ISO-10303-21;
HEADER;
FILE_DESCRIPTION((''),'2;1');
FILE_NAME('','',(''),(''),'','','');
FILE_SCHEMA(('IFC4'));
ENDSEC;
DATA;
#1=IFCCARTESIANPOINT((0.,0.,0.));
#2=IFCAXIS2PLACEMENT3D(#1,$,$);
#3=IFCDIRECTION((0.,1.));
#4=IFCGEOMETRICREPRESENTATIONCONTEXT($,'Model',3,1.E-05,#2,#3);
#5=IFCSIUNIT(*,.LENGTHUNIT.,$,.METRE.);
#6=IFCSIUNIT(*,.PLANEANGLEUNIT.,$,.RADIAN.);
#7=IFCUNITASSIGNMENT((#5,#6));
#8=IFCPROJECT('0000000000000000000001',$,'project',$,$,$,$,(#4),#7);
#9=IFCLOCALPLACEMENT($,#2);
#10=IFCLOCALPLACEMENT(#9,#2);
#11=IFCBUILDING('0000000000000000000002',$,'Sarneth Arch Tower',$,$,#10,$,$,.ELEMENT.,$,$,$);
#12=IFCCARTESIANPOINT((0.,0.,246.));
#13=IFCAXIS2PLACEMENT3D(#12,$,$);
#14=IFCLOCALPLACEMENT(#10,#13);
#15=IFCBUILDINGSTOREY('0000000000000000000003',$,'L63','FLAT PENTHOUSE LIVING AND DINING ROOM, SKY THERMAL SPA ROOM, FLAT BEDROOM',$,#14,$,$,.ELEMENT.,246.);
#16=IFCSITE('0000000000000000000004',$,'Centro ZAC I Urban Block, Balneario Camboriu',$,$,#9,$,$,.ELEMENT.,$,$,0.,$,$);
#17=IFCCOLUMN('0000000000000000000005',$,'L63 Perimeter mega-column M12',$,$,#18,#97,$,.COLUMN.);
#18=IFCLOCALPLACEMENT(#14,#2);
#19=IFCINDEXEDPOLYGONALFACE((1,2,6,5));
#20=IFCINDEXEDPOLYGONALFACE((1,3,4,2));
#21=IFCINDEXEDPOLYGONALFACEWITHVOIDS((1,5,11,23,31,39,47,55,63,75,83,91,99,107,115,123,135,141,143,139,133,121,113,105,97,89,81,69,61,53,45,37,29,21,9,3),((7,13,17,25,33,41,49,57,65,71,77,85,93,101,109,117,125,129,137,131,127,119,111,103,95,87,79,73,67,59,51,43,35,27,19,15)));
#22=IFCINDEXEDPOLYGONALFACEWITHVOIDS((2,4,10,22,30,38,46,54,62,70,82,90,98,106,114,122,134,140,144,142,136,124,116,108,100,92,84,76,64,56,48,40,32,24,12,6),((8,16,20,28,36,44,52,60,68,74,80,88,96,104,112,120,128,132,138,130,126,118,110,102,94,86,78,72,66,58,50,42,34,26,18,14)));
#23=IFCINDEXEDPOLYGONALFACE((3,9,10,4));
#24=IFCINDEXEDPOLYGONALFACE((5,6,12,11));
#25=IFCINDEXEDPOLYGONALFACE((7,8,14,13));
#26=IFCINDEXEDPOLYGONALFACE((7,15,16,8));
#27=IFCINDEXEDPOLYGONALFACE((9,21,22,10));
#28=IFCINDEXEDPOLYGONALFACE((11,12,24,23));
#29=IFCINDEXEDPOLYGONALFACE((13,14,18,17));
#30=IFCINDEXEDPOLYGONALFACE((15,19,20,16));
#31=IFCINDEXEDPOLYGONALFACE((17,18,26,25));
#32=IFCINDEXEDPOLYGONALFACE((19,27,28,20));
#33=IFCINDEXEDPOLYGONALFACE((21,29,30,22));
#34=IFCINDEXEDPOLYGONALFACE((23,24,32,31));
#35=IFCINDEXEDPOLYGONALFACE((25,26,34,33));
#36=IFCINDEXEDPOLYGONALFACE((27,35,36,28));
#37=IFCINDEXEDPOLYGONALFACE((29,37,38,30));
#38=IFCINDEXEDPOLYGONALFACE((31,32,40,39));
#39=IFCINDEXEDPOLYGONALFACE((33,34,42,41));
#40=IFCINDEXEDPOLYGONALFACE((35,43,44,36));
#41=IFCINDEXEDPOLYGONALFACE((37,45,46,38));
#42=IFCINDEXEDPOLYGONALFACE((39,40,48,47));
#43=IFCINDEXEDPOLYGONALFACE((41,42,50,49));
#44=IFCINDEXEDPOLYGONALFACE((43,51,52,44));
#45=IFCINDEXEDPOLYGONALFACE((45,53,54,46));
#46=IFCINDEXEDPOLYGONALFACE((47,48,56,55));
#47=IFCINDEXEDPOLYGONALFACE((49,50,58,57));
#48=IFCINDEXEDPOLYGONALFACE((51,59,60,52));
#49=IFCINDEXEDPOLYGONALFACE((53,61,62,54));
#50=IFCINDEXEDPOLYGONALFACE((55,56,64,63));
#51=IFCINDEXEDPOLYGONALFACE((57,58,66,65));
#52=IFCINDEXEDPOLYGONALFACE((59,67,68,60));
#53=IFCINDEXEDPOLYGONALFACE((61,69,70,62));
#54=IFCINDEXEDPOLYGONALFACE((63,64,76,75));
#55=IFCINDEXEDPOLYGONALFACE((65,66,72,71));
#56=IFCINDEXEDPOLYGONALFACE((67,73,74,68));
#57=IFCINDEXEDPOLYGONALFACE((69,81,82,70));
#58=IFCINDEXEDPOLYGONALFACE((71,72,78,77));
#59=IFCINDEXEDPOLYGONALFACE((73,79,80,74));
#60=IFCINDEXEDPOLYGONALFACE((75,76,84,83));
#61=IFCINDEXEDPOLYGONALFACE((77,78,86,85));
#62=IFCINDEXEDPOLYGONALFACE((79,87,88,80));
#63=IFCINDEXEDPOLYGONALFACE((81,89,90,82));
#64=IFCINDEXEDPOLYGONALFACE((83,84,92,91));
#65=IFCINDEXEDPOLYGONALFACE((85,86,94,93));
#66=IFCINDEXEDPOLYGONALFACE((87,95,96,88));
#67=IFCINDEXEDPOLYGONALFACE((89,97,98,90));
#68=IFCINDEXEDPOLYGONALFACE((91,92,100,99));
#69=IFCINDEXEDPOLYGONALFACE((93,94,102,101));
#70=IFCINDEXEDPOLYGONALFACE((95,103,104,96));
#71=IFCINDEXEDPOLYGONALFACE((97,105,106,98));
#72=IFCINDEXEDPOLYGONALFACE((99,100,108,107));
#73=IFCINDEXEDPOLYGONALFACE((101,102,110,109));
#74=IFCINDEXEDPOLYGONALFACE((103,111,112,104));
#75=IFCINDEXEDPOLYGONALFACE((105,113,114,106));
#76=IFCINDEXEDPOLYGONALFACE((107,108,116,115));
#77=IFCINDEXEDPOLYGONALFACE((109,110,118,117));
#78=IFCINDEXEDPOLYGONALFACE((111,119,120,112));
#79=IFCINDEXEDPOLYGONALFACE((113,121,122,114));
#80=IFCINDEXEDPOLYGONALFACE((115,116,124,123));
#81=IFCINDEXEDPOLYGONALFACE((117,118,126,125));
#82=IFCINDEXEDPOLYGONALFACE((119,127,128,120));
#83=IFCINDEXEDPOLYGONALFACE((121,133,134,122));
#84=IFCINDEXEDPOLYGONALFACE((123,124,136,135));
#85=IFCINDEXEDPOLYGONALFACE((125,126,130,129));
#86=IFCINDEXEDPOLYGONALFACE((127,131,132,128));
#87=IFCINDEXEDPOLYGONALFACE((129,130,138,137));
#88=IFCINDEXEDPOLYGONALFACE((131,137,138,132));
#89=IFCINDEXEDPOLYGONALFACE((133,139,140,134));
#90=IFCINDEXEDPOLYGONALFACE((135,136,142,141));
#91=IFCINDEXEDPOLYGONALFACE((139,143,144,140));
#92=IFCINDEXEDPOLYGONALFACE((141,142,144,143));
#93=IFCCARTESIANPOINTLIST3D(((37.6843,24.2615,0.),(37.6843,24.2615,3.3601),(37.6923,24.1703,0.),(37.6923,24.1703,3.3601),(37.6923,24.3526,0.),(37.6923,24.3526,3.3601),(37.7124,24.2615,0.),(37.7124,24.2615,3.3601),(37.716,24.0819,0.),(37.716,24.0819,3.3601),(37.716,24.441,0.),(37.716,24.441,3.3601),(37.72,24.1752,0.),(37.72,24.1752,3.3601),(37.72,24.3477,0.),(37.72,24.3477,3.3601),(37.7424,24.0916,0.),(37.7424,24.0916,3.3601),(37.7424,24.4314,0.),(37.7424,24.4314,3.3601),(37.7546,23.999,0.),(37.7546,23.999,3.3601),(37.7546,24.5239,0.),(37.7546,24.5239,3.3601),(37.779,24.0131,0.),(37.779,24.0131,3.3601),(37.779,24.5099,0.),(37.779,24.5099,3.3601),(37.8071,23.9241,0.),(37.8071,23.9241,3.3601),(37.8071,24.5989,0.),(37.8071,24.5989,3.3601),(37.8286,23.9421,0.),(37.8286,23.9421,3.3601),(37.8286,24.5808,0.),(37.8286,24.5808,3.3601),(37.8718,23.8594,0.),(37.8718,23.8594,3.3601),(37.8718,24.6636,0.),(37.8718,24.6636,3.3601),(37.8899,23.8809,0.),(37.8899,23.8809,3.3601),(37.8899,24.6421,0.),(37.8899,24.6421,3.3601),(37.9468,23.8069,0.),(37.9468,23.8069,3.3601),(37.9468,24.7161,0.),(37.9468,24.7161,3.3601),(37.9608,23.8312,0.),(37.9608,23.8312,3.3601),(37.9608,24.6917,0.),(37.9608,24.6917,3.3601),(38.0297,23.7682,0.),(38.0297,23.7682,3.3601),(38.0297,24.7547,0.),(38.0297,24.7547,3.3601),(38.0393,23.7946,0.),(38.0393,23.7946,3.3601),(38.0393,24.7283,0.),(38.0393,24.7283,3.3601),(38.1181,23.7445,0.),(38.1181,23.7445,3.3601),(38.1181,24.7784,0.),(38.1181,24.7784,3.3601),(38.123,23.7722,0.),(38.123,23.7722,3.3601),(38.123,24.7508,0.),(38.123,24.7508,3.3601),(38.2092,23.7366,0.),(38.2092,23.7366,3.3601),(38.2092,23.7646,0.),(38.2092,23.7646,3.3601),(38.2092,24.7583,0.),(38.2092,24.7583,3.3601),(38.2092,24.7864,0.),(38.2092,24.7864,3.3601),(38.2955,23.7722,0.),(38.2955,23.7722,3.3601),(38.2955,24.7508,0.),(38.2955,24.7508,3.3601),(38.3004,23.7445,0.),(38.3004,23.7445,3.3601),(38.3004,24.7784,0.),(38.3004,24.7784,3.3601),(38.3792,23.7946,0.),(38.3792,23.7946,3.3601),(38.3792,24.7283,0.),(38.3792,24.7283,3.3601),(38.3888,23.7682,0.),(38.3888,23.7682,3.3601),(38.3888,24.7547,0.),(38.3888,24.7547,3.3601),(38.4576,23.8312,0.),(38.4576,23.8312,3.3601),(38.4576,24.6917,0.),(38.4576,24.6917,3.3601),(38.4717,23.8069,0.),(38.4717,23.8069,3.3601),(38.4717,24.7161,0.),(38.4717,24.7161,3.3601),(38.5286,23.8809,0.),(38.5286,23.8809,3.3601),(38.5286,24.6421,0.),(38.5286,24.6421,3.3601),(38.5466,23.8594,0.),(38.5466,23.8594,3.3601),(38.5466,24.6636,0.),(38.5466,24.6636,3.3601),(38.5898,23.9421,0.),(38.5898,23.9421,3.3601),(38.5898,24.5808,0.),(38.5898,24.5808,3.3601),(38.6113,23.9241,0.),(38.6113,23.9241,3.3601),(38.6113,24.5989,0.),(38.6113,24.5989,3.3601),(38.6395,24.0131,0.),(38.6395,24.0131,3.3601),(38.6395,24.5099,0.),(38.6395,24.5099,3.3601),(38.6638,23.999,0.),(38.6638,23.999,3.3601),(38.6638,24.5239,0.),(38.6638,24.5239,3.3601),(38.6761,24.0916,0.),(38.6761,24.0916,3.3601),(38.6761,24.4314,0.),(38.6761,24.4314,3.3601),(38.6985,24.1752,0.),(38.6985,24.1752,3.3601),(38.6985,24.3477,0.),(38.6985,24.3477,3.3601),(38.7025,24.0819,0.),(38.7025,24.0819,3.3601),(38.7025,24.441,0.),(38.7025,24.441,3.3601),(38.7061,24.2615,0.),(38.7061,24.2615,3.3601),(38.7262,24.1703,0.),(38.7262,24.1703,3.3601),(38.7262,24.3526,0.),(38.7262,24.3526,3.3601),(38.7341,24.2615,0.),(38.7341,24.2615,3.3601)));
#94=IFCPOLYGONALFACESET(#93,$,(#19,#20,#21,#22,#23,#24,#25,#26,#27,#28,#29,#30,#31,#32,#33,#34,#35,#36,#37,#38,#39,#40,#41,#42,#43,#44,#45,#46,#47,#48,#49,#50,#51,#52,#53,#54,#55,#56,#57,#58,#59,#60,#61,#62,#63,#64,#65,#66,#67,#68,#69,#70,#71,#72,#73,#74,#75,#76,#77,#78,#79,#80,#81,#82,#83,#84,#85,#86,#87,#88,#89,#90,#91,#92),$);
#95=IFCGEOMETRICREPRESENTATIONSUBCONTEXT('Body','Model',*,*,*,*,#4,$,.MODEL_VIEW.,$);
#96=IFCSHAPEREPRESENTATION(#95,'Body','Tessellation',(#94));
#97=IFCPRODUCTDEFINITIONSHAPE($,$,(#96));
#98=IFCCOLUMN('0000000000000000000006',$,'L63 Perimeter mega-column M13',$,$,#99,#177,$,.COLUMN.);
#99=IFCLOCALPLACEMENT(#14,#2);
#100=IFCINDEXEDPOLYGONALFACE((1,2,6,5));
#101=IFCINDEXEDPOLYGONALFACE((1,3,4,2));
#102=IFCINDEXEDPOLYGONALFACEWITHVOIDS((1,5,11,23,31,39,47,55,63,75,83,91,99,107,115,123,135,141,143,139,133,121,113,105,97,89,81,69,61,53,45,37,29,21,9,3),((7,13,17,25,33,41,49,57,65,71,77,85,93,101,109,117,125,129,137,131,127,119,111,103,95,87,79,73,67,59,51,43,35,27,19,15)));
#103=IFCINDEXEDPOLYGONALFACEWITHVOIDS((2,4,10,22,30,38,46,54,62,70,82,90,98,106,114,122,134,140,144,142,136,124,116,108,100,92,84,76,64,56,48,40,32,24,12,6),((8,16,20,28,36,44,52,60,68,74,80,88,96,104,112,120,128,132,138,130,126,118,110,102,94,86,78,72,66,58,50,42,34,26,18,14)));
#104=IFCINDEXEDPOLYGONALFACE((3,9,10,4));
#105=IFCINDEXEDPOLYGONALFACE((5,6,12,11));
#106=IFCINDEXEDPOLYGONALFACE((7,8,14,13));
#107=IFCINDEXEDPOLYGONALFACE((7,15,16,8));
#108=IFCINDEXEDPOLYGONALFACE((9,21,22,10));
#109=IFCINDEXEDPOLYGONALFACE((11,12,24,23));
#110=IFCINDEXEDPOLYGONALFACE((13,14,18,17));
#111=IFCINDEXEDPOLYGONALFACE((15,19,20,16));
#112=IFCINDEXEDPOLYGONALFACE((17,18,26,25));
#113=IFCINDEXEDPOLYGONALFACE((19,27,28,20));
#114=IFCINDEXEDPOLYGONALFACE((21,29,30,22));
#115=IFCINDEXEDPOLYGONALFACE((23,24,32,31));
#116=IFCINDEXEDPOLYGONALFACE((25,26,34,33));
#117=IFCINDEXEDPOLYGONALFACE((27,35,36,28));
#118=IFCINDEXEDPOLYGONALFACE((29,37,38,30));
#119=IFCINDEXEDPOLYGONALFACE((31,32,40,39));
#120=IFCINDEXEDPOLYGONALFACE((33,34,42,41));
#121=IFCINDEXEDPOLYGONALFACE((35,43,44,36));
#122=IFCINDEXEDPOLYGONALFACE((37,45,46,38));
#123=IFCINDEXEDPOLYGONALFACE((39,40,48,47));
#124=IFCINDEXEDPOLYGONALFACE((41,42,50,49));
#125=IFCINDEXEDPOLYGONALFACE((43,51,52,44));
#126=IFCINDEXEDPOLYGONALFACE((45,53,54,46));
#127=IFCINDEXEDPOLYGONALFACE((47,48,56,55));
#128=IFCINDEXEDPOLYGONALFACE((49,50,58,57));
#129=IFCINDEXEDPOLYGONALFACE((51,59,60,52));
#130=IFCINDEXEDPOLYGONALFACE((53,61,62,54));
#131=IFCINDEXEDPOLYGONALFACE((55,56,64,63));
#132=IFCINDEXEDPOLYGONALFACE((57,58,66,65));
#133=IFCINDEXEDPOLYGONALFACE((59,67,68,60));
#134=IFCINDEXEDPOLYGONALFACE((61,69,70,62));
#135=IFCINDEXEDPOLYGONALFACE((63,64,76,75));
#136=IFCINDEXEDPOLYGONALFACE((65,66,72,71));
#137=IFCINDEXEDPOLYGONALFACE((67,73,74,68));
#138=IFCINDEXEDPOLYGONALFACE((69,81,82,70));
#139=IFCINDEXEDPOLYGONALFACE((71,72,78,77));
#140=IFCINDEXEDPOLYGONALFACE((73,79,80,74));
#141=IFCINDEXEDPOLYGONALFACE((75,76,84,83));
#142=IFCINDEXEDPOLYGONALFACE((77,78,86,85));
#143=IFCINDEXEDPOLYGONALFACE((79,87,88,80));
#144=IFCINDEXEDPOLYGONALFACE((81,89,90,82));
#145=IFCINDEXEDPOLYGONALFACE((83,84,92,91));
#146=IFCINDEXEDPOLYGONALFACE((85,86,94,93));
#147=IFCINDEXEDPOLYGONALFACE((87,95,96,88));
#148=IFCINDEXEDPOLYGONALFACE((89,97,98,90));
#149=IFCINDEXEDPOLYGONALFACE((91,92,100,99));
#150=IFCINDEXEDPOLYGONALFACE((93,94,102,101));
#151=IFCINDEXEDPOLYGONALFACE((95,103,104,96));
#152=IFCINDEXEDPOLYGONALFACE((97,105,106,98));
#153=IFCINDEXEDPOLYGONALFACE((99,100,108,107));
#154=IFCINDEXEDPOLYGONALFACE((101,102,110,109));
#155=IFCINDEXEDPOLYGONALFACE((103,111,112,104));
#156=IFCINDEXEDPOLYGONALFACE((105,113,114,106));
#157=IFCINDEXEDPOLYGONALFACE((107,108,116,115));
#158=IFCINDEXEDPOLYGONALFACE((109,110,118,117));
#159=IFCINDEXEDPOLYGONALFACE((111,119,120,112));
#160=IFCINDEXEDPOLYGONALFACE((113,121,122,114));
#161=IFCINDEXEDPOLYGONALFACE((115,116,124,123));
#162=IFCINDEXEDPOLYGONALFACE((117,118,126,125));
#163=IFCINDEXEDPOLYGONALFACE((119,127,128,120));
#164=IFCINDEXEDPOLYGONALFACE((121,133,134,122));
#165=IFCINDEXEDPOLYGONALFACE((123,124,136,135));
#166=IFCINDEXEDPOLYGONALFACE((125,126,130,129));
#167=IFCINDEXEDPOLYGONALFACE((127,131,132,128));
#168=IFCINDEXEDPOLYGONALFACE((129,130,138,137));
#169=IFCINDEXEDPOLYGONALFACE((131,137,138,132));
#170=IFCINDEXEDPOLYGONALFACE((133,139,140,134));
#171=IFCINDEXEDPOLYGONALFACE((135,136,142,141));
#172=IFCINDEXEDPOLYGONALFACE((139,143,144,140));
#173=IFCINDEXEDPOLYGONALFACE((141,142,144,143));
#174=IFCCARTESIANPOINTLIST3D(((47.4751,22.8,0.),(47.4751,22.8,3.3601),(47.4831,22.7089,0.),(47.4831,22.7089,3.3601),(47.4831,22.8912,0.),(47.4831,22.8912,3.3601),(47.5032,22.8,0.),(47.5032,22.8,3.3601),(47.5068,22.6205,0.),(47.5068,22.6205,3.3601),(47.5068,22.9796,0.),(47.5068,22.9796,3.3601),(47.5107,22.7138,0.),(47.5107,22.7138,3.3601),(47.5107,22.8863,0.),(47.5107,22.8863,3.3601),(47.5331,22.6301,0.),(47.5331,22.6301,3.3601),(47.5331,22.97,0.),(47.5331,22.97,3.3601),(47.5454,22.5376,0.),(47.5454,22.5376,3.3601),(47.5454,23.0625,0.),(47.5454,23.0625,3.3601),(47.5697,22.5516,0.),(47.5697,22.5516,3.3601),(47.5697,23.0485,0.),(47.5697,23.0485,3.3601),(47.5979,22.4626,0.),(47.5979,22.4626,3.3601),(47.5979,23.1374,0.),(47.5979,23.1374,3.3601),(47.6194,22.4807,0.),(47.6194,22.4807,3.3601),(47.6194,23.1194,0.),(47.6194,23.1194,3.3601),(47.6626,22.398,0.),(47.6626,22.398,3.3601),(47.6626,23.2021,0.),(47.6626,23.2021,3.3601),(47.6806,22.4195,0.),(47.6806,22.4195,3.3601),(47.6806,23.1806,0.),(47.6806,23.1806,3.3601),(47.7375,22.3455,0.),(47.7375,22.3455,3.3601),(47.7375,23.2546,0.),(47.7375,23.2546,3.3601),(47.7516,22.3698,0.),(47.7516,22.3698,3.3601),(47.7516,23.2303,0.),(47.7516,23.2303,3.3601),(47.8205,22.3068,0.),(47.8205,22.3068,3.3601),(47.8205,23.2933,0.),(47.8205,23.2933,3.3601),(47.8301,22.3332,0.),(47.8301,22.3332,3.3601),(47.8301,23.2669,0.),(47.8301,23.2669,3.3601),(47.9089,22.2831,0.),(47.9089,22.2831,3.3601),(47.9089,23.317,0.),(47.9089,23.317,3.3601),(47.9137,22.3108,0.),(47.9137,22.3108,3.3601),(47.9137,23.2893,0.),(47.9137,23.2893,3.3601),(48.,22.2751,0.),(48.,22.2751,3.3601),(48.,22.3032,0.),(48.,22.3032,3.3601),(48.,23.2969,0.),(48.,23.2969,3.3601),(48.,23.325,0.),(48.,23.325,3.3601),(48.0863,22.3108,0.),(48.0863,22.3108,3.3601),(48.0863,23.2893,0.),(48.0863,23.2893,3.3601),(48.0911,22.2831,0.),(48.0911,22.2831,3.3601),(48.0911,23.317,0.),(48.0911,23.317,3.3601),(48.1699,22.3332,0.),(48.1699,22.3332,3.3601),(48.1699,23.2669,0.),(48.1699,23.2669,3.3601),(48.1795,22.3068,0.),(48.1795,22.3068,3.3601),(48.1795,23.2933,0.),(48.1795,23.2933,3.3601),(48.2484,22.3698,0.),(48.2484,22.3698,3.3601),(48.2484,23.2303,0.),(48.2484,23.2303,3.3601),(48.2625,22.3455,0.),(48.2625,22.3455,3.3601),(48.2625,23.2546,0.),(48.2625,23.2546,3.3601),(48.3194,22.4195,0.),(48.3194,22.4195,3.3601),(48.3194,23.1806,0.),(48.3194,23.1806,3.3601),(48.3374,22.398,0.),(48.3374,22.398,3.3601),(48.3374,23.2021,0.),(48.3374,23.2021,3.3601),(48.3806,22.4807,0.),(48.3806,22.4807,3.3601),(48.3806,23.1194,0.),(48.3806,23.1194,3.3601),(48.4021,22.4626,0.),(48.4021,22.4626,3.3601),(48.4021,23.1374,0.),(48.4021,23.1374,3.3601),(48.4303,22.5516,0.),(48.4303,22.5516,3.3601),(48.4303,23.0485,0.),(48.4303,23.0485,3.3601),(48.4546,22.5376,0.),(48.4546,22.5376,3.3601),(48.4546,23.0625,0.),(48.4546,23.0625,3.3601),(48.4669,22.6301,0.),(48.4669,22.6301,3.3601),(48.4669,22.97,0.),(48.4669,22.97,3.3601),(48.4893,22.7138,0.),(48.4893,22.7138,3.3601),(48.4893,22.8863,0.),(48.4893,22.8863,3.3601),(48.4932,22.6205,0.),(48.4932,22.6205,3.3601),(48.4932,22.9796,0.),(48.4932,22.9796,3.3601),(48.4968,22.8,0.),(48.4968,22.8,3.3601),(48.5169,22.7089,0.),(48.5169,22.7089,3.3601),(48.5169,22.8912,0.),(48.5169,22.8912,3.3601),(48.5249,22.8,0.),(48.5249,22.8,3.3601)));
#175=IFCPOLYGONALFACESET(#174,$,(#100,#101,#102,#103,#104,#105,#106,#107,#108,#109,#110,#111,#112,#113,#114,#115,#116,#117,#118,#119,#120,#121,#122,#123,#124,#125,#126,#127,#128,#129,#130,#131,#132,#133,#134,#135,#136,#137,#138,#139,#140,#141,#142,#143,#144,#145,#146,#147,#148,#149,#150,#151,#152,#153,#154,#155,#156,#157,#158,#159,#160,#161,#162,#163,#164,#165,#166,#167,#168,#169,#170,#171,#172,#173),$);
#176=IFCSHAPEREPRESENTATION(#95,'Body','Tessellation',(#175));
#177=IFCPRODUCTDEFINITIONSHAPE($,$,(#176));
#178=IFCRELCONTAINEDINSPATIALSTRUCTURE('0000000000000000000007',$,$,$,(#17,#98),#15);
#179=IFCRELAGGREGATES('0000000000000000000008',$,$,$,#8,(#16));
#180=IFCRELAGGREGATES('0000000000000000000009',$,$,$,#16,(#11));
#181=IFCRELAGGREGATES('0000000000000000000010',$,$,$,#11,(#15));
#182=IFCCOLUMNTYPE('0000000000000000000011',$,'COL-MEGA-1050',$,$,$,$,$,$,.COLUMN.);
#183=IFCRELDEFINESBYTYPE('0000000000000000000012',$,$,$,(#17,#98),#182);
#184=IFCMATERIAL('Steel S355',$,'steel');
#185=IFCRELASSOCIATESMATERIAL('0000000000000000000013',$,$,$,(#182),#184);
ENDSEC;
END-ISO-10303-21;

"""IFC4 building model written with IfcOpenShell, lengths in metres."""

from ifc_helpers import new_model, si_unit, direction, frame, origin, origin_2d, place, context, subcontext, project, spatial, hollow_circle, extrude, material, material_profile, profile_set, type_object, element, save


model = new_model("IFC4")

# Units and contexts
model_context = context("Model", 3, precision=1e-05, world=origin(), true_north=direction((0.0, 1.0)))
body_context = subcontext(model_context, "Body", "Model", "MODEL_VIEW")
ifc_project = project(units=[si_unit("LENGTHUNIT", "METRE"), si_unit("PLANEANGLEUNIT", "RADIAN")], contexts=[model_context])

# Site, building, storey
site_placement = place(None, origin())
site = spatial("IfcSite", under=ifc_project, at=site_placement, Name="Centro ZAC I Urban Block, Balneario Camboriu", CompositionType="ELEMENT", RefElevation=0.0)
building_placement = place(site_placement, origin())
building = spatial("IfcBuilding", under=site, at=building_placement, Name="Sarneth Arch Tower", CompositionType="ELEMENT")
storey_placement = place(building_placement, frame((0.0, 0.0, 246.0)))
storey = spatial("IfcBuildingStorey", under=building, at=storey_placement, Name="L63", Description="FLAT PENTHOUSE LIVING AND DINING ROOM, SKY THERMAL SPA ROOM, FLAT BEDROOM", CompositionType="ELEMENT", Elevation=246.0)

# Columns
ifc_material_1 = material(Name="Steel S355", Category="steel")
ifc_material_profile_1 = material_profile(ifc_material_1, hollow_circle(Radius=0.5249, WallThickness=0.0281, at=origin_2d()), Name="CHS1050x28")
ifc_profile_set_1 = profile_set([ifc_material_profile_1], Name="Steel S355")
column_type = type_object("IfcColumnType", Name="COL-MEGA-1050", PredefinedType="COLUMN", material=ifc_profile_set_1)
for number, where, z_axis, x_axis, name in (
    (1, (38.2092, 24.2615, 0.0), (0.0, 0.0, 1.0), (1.0, 0.0, 0.0), "L63 Perimeter mega-column M12"),
    (2, (48.0, 22.8, 0.0), (0.0, 0.0, 1.0), (1.0, 0.0, 0.0), "L63 Perimeter mega-column M13"),
):
    element("IfcColumn", number, at=place(storey_placement, frame(where, z_axis=z_axis, x_axis=x_axis)), inside=storey, type_object=column_type, Name=name, PredefinedType="COLUMN", context=body_context, shape_type="SweptSolid", body=[
        extrude(hollow_circle(Radius=0.5249, WallThickness=0.0281, at=origin_2d()), origin(), (0.0, 0.0, 1.0), 3.3601),
    ])

save(model, "model.ifc")
